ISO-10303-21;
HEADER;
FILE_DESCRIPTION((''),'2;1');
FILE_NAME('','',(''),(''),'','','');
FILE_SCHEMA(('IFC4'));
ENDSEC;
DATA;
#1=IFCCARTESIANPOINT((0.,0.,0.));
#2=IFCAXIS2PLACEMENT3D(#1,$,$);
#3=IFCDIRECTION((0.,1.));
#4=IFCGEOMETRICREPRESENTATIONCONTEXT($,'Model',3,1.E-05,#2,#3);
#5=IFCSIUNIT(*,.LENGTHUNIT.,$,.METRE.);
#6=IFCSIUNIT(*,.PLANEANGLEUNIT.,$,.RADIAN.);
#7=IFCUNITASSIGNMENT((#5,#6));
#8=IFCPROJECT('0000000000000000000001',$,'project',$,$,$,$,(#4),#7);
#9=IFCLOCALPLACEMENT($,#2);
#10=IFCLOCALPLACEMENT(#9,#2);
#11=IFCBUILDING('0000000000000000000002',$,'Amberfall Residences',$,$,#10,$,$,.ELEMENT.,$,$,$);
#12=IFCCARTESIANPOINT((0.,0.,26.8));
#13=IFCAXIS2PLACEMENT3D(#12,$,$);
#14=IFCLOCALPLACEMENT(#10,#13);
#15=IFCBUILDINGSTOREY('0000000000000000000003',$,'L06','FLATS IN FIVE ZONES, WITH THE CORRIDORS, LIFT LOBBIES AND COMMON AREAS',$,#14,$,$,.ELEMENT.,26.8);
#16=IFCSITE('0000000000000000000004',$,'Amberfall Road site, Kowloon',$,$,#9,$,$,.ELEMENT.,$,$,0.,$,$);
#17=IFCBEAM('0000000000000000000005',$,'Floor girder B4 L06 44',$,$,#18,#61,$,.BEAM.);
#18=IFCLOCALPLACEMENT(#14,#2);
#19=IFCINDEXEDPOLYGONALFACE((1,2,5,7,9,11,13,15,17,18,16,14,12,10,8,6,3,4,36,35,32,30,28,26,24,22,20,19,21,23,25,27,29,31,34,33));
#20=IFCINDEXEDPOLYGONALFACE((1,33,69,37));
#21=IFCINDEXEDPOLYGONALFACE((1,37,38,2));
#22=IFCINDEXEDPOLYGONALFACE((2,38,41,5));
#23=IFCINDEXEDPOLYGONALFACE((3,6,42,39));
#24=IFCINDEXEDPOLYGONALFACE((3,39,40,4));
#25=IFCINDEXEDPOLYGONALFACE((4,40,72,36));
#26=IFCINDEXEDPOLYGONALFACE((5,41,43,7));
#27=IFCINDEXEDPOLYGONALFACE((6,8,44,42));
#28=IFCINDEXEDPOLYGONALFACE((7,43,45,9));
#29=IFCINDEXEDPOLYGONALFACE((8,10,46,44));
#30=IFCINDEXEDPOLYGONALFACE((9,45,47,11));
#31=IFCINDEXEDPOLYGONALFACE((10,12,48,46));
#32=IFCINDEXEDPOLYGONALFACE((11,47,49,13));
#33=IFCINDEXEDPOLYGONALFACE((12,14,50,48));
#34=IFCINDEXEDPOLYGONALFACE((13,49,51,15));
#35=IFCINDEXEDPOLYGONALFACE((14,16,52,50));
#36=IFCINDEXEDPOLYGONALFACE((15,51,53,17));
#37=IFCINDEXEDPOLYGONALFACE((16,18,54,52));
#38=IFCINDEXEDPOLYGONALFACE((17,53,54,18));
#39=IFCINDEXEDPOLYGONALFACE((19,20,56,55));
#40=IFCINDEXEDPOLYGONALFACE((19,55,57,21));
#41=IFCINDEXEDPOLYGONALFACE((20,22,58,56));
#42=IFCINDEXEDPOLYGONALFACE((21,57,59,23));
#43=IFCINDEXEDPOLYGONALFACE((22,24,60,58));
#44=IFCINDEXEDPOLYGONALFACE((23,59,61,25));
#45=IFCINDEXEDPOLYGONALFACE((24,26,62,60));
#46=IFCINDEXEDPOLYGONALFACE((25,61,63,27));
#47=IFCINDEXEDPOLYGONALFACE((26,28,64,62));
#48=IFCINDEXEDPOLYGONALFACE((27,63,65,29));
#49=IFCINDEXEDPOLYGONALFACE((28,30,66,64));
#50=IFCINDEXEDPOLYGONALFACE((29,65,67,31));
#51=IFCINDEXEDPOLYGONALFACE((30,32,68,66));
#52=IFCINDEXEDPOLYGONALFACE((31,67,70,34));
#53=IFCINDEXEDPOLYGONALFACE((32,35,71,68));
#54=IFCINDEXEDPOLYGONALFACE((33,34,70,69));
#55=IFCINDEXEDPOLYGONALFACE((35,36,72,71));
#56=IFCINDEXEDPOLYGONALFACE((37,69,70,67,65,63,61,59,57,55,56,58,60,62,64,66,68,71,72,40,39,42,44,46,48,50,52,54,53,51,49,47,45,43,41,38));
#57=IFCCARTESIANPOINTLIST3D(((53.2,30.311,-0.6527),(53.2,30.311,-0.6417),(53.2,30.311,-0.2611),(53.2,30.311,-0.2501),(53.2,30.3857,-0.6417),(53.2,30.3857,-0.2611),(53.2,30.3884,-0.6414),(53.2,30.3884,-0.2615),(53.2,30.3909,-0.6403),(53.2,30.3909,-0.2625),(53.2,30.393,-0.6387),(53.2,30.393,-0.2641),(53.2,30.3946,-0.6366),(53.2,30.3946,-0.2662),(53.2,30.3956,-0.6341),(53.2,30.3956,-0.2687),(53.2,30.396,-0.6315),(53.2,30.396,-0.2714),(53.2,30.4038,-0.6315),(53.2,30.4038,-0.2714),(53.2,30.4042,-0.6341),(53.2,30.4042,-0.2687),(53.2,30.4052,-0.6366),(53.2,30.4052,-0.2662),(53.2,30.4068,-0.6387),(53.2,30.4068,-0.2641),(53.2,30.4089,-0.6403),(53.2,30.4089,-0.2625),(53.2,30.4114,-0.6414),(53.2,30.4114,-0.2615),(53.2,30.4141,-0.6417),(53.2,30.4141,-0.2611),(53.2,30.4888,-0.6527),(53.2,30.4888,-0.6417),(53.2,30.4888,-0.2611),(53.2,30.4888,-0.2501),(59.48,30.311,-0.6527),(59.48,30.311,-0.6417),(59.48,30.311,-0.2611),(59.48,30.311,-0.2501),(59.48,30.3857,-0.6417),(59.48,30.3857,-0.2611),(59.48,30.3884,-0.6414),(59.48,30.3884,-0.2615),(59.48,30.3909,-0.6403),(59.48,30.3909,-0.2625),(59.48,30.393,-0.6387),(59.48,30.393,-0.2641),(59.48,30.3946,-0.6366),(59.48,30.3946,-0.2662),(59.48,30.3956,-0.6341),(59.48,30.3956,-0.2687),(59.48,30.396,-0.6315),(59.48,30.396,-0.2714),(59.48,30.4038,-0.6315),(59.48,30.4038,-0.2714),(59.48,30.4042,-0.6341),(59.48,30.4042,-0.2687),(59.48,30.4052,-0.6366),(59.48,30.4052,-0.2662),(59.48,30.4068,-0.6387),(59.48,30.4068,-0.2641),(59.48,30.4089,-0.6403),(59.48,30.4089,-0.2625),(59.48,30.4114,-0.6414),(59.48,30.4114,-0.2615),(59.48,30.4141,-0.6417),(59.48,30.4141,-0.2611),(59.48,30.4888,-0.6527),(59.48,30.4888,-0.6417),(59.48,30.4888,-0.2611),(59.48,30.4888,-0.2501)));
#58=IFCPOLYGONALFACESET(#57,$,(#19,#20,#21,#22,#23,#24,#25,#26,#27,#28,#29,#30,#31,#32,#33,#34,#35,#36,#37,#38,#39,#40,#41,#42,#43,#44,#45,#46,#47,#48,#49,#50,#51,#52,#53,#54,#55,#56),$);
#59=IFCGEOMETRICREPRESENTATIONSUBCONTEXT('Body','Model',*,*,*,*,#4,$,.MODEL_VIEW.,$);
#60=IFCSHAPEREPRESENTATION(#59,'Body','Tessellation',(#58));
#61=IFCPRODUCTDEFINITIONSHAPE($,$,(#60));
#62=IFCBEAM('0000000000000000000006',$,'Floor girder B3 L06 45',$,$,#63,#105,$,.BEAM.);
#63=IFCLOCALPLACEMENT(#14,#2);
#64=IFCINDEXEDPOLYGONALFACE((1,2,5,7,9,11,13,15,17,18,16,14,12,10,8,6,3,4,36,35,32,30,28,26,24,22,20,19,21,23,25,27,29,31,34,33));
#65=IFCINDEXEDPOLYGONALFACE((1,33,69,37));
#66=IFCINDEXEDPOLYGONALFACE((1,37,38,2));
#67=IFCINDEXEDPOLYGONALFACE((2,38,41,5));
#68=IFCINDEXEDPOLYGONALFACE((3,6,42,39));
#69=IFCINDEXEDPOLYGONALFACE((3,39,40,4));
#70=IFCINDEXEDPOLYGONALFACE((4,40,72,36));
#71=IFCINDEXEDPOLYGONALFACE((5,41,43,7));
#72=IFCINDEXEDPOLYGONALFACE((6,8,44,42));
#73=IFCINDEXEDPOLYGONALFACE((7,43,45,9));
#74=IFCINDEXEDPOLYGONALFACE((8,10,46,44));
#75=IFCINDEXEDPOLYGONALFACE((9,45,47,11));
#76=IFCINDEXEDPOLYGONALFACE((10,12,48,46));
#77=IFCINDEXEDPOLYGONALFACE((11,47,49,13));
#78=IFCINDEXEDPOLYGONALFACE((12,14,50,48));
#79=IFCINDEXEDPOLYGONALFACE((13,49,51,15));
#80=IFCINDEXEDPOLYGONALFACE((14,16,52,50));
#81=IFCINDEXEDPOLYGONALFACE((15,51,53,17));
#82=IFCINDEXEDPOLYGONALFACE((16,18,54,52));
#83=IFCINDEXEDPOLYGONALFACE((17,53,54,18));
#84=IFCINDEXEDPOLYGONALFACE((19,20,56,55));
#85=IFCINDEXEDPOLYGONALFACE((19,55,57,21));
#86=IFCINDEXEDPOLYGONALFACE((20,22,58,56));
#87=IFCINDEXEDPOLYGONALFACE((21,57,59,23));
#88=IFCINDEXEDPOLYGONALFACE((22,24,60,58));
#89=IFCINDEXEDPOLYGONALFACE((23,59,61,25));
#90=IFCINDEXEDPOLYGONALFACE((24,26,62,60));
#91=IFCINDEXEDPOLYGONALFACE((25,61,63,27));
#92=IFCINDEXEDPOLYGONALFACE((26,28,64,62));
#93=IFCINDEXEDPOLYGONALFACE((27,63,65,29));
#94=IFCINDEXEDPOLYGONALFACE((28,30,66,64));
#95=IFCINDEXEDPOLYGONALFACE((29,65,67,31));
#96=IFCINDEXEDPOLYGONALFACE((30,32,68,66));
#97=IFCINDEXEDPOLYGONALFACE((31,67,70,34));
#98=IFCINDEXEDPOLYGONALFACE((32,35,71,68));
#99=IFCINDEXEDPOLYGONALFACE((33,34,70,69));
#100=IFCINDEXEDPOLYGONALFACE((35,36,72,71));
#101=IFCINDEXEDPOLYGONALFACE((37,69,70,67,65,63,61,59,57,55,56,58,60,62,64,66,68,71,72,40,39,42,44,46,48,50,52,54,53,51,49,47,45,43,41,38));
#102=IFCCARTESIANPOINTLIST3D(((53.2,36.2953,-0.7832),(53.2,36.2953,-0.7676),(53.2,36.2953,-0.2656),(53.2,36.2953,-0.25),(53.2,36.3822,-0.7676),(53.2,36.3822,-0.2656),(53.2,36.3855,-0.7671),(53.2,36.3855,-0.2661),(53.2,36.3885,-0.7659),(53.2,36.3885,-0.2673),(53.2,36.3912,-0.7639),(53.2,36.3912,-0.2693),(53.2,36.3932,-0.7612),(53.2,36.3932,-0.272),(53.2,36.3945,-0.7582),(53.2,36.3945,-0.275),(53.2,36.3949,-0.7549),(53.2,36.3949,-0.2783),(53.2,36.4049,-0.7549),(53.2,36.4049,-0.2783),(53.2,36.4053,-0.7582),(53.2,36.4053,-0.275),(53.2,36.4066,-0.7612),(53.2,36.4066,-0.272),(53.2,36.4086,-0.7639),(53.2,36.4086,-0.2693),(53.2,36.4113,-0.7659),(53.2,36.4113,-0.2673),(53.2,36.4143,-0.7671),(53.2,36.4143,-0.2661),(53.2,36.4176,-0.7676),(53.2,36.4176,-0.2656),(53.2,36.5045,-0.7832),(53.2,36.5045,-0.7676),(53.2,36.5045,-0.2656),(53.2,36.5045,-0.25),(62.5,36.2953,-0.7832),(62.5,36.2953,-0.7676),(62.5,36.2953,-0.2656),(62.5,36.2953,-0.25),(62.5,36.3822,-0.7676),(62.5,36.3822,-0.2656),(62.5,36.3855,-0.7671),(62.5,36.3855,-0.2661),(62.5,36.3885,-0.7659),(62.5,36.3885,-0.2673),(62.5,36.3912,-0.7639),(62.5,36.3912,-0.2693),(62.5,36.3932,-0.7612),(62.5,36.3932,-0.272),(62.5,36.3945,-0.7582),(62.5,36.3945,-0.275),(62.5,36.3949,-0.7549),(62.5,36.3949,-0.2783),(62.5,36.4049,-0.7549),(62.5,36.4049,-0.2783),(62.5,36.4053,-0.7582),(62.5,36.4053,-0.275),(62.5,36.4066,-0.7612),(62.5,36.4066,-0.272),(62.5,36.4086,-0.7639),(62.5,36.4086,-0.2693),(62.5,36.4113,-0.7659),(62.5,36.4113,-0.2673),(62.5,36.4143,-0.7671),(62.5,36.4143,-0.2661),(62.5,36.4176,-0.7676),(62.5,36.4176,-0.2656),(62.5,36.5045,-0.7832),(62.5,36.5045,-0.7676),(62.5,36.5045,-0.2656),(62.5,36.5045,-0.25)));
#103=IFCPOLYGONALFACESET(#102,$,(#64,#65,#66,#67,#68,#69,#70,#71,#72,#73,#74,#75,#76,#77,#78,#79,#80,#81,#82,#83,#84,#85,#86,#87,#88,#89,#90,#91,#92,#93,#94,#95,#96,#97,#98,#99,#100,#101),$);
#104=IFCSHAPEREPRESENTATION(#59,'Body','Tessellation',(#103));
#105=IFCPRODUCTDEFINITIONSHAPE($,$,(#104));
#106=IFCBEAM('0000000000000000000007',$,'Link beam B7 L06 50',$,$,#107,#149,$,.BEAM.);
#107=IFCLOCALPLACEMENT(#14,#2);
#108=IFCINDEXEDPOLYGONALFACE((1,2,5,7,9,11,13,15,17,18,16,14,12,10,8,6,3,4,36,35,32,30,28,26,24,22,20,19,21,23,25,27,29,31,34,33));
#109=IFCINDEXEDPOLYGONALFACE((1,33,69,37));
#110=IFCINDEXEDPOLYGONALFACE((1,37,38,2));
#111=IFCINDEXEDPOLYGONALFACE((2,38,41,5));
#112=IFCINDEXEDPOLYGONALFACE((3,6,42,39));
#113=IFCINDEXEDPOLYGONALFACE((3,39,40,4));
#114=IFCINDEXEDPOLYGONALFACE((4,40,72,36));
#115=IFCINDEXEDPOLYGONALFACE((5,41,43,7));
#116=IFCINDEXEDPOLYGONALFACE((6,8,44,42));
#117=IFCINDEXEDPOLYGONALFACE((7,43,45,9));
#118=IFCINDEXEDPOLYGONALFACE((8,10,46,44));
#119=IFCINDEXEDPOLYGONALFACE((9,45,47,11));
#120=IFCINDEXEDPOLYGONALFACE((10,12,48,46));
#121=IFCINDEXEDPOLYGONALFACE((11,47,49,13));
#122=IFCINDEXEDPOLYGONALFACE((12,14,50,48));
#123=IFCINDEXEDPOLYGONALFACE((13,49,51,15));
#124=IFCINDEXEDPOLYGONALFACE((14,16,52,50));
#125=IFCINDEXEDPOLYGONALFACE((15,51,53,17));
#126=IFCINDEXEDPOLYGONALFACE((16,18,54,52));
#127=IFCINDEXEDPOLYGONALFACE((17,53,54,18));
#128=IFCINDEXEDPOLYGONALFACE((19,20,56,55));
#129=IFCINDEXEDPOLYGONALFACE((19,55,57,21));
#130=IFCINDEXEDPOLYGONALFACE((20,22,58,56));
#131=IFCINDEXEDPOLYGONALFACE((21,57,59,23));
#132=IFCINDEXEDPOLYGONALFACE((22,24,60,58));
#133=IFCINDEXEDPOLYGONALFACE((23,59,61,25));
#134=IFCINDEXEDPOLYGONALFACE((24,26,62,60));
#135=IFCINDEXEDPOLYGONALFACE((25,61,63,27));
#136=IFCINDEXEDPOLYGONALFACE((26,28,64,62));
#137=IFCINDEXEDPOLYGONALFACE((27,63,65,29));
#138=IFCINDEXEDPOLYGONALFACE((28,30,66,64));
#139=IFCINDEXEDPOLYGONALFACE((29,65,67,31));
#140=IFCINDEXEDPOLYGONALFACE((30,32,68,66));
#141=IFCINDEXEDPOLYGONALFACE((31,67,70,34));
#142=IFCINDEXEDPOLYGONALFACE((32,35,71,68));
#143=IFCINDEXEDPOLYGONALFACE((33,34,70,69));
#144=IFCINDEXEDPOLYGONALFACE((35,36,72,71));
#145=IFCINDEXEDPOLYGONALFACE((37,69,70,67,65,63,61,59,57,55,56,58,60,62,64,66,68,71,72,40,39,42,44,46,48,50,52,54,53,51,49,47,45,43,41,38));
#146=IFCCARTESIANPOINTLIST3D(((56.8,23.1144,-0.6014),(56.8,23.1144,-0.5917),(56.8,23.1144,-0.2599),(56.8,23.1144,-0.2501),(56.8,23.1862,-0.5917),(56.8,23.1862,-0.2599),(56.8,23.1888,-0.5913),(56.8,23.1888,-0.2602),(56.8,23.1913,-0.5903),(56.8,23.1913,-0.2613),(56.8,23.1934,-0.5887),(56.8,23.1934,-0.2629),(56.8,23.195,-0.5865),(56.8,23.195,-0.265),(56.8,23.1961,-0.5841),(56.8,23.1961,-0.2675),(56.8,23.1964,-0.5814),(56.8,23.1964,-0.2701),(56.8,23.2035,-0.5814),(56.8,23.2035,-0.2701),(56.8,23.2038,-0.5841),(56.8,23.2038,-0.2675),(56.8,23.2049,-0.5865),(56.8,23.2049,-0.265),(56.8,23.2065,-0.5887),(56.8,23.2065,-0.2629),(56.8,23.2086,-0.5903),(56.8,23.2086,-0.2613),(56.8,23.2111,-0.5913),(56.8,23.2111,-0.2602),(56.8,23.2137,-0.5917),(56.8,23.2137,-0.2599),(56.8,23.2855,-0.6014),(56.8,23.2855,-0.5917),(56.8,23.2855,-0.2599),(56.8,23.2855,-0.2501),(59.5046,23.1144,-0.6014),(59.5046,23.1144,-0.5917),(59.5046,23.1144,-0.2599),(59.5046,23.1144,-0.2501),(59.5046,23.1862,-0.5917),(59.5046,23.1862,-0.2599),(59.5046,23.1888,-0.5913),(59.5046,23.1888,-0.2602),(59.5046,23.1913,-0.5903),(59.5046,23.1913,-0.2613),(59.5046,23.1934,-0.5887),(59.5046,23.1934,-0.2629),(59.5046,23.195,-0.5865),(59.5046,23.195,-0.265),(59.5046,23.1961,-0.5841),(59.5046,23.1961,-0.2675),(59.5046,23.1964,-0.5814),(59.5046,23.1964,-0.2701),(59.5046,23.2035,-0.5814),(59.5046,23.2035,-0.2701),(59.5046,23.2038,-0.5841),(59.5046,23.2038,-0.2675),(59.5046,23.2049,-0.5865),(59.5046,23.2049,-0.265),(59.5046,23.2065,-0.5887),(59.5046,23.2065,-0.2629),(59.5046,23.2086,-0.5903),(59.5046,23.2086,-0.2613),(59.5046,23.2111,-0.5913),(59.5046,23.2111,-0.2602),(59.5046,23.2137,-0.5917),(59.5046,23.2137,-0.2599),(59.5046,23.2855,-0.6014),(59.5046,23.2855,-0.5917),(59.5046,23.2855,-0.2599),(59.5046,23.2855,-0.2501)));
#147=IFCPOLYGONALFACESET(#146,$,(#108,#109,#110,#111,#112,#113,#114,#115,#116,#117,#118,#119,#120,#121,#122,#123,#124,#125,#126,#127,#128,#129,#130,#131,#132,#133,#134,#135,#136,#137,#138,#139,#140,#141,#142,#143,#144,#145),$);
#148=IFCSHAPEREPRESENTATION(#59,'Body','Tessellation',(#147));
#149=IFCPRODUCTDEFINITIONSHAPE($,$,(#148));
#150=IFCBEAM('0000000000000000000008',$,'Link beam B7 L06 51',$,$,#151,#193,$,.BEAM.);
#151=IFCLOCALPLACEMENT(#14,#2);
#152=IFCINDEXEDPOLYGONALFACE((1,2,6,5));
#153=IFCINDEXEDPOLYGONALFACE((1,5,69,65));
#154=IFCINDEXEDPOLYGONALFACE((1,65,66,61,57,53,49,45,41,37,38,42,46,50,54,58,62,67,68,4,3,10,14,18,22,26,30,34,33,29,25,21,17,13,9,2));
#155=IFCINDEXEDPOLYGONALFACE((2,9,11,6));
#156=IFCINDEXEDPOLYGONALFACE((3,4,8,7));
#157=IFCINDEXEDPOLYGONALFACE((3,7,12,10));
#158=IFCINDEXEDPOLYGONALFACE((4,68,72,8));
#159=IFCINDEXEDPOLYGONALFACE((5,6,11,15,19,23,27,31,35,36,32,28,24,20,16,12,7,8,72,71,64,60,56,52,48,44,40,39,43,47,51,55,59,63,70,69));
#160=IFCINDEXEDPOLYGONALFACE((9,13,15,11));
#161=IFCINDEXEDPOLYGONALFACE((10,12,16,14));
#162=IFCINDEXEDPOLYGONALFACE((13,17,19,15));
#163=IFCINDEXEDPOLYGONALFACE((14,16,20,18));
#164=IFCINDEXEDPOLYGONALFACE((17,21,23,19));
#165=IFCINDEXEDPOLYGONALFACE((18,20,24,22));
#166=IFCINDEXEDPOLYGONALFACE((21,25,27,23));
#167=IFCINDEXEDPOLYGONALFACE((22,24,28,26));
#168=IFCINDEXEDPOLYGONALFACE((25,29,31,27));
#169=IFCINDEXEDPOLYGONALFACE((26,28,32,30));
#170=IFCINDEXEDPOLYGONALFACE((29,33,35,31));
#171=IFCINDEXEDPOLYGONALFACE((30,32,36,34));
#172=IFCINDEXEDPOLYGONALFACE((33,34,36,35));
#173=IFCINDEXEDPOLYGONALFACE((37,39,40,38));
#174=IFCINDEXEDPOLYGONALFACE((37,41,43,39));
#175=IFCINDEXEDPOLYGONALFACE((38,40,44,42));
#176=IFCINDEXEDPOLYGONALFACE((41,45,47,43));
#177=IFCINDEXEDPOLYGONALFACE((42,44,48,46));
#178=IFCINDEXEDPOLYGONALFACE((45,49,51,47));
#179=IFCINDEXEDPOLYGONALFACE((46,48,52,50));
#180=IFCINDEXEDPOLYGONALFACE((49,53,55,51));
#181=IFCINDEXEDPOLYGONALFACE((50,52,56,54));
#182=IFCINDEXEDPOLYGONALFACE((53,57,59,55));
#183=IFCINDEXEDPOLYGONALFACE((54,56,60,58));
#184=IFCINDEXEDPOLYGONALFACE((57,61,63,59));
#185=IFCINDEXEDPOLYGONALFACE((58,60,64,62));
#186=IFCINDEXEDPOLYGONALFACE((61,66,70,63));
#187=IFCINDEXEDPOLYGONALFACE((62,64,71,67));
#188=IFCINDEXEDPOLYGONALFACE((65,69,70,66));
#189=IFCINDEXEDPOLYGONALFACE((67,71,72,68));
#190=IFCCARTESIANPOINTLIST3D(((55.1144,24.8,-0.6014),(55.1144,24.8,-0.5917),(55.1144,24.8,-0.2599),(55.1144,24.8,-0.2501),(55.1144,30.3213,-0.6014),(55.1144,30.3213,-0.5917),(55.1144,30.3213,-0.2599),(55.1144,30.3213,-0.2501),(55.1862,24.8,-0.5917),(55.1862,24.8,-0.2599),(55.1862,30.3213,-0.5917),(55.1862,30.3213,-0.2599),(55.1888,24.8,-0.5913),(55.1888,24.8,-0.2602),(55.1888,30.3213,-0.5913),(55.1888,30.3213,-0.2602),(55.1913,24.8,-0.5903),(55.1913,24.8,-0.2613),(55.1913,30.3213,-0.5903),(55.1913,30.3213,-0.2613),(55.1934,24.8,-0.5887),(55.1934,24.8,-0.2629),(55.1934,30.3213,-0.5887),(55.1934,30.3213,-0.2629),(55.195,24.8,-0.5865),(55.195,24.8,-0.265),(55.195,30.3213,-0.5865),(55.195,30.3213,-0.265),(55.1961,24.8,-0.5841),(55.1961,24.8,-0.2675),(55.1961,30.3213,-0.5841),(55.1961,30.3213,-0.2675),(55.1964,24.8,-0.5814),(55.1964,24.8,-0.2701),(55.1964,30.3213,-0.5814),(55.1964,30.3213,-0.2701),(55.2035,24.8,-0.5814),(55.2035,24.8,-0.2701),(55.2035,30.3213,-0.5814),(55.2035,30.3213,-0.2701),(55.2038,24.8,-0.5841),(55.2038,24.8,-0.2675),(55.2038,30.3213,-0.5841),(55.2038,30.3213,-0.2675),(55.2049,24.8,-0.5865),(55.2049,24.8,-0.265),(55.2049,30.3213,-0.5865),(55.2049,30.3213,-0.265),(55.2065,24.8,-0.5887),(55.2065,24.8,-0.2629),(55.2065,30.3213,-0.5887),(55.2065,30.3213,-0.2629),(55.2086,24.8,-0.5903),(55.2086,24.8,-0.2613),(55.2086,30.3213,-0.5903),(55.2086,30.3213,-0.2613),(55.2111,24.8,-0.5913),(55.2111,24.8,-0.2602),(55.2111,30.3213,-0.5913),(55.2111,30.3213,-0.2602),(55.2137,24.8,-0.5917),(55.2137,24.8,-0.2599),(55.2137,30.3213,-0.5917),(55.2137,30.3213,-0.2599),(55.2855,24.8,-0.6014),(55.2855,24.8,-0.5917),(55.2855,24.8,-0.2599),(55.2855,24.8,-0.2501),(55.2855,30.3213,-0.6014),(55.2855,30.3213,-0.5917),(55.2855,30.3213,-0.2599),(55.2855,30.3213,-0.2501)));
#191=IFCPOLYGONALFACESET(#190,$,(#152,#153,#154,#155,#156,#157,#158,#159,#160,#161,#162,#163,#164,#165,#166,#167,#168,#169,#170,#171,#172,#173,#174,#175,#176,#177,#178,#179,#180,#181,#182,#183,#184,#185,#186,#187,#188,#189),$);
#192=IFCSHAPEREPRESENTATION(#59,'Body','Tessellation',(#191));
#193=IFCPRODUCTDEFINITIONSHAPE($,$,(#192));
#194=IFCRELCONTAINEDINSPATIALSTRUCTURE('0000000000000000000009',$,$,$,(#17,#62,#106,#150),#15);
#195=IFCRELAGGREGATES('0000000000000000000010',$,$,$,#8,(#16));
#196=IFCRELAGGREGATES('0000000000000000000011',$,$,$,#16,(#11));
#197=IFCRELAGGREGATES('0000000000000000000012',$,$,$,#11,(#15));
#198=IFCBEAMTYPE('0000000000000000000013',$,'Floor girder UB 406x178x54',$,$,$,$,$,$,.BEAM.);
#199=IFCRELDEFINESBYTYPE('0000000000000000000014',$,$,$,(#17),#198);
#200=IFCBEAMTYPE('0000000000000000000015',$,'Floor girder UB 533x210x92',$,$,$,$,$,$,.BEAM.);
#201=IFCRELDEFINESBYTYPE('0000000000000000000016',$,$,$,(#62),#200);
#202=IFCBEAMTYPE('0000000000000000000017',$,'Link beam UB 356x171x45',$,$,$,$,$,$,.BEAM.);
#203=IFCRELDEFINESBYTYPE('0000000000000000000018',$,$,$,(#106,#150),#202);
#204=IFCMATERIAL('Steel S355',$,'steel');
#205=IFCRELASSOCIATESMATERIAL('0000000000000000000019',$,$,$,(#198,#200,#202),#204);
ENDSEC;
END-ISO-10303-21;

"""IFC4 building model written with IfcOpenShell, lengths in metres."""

from ifc_helpers import new_model, si_unit, direction, frame, origin, origin_2d, place, context, subcontext, project, spatial, i_section, extrude, material, material_profile, profile_set, type_object, element, save


model = new_model("IFC4")

# Units and contexts
model_context = context("Model", 3, precision=1e-05, world=origin(), true_north=direction((0.0, 1.0)))
body_context = subcontext(model_context, "Body", "Model", "MODEL_VIEW")
ifc_project = project(units=[si_unit("LENGTHUNIT", "METRE"), si_unit("PLANEANGLEUNIT", "RADIAN")], contexts=[model_context])

# Site, building, storey
site_placement = place(None, origin())
site = spatial("IfcSite", under=ifc_project, at=site_placement, Name="Amberfall Road site, Kowloon", CompositionType="ELEMENT", RefElevation=0.0)
building_placement = place(site_placement, origin())
building = spatial("IfcBuilding", under=site, at=building_placement, Name="Amberfall Residences", CompositionType="ELEMENT")
storey_placement = place(building_placement, frame((0.0, 0.0, 26.8)))
storey = spatial("IfcBuildingStorey", under=building, at=storey_placement, Name="L06", Description="FLATS IN FIVE ZONES, WITH THE CORRIDORS, LIFT LOBBIES AND COMMON AREAS", CompositionType="ELEMENT", Elevation=26.8)

# Beams
ifc_material_1 = material(Name="Steel S355", Category="steel")
ifc_material_profile_1 = material_profile(ifc_material_1, i_section(OverallWidth=0.1777, OverallDepth=0.4026, WebThickness=0.0078, FlangeThickness=0.011, FilletRadius=0.0103, at=origin_2d()), Name="UB 406x178x54")
ifc_profile_set_1 = profile_set([ifc_material_profile_1], Name="Steel S355")
beam_type_1 = type_object("IfcBeamType", Name="Floor girder UB 406x178x54", PredefinedType="BEAM", material=ifc_profile_set_1)
beam_1_placement = place(storey_placement, frame((53.2, 30.3999, -0.4514), z_axis=(1.0, 0.0, 0.0), x_axis=(0.0, 1.0, 0.0)))
element("IfcBeam", 1, at=beam_1_placement, inside=storey, type_object=beam_type_1, Name="Floor girder B4 L06 44", PredefinedType="BEAM", context=body_context, shape_type="SweptSolid", body=[
    extrude(i_section(OverallWidth=0.1777, OverallDepth=0.4026, WebThickness=0.0078, FlangeThickness=0.011, FilletRadius=0.0103, at=origin_2d()), origin(), (0.0, 0.0, 1.0), 6.28),
])
ifc_material_profile_2 = material_profile(ifc_material_1, i_section(OverallWidth=0.2092, OverallDepth=0.5332, WebThickness=0.01, FlangeThickness=0.0156, FilletRadius=0.0127, at=origin_2d()), Name="UB 533x210x92")
ifc_profile_set_2 = profile_set([ifc_material_profile_2], Name="Steel S355")
beam_type_2 = type_object("IfcBeamType", Name="Floor girder UB 533x210x92", PredefinedType="BEAM", material=ifc_profile_set_2)
beam_2_placement = place(storey_placement, frame((53.2, 36.3999, -0.5166), z_axis=(1.0, 0.0, 0.0), x_axis=(0.0, 1.0, 0.0)))
element("IfcBeam", 2, at=beam_2_placement, inside=storey, type_object=beam_type_2, Name="Floor girder B3 L06 45", PredefinedType="BEAM", context=body_context, shape_type="SweptSolid", body=[
    extrude(i_section(OverallWidth=0.2092, OverallDepth=0.5332, WebThickness=0.01, FlangeThickness=0.0156, FilletRadius=0.0127, at=origin_2d()), origin(), (0.0, 0.0, 1.0), 9.3),
])
ifc_material_profile_3 = material_profile(ifc_material_1, i_section(OverallWidth=0.1711, OverallDepth=0.3513, WebThickness=0.0071, FlangeThickness=0.0098, FilletRadius=0.0103, at=origin_2d()), Name="UB 356x171x45")
ifc_profile_set_3 = profile_set([ifc_material_profile_3], Name="Steel S355")
beam_type_3 = type_object("IfcBeamType", Name="Link beam UB 356x171x45", PredefinedType="BEAM", material=ifc_profile_set_3)
beam_3_placement = place(storey_placement, frame((56.8, 23.2, -0.4258), z_axis=(1.0, 0.0, 0.0), x_axis=(0.0, 1.0, 0.0)))
element("IfcBeam", 3, at=beam_3_placement, inside=storey, type_object=beam_type_3, Name="Link beam B7 L06 50", PredefinedType="BEAM", context=body_context, shape_type="SweptSolid", body=[
    extrude(i_section(OverallWidth=0.1711, OverallDepth=0.3513, WebThickness=0.0071, FlangeThickness=0.0098, FilletRadius=0.0103, at=origin_2d()), origin(), (0.0, 0.0, 1.0), 2.7046),
])
beam_4_placement = place(storey_placement, frame((55.2, 24.8, -0.4258), z_axis=(0.0, 1.0, 0.0), x_axis=(-1.0, 0.0, 0.0)))
element("IfcBeam", 4, at=beam_4_placement, inside=storey, type_object=beam_type_3, Name="Link beam B7 L06 51", PredefinedType="BEAM", context=body_context, shape_type="SweptSolid", body=[
    extrude(i_section(OverallWidth=0.1711, OverallDepth=0.3513, WebThickness=0.0071, FlangeThickness=0.0098, FilletRadius=0.0103, at=origin_2d()), origin(), (0.0, 0.0, 1.0), 5.5212),
])

save(model, "model.ifc")
